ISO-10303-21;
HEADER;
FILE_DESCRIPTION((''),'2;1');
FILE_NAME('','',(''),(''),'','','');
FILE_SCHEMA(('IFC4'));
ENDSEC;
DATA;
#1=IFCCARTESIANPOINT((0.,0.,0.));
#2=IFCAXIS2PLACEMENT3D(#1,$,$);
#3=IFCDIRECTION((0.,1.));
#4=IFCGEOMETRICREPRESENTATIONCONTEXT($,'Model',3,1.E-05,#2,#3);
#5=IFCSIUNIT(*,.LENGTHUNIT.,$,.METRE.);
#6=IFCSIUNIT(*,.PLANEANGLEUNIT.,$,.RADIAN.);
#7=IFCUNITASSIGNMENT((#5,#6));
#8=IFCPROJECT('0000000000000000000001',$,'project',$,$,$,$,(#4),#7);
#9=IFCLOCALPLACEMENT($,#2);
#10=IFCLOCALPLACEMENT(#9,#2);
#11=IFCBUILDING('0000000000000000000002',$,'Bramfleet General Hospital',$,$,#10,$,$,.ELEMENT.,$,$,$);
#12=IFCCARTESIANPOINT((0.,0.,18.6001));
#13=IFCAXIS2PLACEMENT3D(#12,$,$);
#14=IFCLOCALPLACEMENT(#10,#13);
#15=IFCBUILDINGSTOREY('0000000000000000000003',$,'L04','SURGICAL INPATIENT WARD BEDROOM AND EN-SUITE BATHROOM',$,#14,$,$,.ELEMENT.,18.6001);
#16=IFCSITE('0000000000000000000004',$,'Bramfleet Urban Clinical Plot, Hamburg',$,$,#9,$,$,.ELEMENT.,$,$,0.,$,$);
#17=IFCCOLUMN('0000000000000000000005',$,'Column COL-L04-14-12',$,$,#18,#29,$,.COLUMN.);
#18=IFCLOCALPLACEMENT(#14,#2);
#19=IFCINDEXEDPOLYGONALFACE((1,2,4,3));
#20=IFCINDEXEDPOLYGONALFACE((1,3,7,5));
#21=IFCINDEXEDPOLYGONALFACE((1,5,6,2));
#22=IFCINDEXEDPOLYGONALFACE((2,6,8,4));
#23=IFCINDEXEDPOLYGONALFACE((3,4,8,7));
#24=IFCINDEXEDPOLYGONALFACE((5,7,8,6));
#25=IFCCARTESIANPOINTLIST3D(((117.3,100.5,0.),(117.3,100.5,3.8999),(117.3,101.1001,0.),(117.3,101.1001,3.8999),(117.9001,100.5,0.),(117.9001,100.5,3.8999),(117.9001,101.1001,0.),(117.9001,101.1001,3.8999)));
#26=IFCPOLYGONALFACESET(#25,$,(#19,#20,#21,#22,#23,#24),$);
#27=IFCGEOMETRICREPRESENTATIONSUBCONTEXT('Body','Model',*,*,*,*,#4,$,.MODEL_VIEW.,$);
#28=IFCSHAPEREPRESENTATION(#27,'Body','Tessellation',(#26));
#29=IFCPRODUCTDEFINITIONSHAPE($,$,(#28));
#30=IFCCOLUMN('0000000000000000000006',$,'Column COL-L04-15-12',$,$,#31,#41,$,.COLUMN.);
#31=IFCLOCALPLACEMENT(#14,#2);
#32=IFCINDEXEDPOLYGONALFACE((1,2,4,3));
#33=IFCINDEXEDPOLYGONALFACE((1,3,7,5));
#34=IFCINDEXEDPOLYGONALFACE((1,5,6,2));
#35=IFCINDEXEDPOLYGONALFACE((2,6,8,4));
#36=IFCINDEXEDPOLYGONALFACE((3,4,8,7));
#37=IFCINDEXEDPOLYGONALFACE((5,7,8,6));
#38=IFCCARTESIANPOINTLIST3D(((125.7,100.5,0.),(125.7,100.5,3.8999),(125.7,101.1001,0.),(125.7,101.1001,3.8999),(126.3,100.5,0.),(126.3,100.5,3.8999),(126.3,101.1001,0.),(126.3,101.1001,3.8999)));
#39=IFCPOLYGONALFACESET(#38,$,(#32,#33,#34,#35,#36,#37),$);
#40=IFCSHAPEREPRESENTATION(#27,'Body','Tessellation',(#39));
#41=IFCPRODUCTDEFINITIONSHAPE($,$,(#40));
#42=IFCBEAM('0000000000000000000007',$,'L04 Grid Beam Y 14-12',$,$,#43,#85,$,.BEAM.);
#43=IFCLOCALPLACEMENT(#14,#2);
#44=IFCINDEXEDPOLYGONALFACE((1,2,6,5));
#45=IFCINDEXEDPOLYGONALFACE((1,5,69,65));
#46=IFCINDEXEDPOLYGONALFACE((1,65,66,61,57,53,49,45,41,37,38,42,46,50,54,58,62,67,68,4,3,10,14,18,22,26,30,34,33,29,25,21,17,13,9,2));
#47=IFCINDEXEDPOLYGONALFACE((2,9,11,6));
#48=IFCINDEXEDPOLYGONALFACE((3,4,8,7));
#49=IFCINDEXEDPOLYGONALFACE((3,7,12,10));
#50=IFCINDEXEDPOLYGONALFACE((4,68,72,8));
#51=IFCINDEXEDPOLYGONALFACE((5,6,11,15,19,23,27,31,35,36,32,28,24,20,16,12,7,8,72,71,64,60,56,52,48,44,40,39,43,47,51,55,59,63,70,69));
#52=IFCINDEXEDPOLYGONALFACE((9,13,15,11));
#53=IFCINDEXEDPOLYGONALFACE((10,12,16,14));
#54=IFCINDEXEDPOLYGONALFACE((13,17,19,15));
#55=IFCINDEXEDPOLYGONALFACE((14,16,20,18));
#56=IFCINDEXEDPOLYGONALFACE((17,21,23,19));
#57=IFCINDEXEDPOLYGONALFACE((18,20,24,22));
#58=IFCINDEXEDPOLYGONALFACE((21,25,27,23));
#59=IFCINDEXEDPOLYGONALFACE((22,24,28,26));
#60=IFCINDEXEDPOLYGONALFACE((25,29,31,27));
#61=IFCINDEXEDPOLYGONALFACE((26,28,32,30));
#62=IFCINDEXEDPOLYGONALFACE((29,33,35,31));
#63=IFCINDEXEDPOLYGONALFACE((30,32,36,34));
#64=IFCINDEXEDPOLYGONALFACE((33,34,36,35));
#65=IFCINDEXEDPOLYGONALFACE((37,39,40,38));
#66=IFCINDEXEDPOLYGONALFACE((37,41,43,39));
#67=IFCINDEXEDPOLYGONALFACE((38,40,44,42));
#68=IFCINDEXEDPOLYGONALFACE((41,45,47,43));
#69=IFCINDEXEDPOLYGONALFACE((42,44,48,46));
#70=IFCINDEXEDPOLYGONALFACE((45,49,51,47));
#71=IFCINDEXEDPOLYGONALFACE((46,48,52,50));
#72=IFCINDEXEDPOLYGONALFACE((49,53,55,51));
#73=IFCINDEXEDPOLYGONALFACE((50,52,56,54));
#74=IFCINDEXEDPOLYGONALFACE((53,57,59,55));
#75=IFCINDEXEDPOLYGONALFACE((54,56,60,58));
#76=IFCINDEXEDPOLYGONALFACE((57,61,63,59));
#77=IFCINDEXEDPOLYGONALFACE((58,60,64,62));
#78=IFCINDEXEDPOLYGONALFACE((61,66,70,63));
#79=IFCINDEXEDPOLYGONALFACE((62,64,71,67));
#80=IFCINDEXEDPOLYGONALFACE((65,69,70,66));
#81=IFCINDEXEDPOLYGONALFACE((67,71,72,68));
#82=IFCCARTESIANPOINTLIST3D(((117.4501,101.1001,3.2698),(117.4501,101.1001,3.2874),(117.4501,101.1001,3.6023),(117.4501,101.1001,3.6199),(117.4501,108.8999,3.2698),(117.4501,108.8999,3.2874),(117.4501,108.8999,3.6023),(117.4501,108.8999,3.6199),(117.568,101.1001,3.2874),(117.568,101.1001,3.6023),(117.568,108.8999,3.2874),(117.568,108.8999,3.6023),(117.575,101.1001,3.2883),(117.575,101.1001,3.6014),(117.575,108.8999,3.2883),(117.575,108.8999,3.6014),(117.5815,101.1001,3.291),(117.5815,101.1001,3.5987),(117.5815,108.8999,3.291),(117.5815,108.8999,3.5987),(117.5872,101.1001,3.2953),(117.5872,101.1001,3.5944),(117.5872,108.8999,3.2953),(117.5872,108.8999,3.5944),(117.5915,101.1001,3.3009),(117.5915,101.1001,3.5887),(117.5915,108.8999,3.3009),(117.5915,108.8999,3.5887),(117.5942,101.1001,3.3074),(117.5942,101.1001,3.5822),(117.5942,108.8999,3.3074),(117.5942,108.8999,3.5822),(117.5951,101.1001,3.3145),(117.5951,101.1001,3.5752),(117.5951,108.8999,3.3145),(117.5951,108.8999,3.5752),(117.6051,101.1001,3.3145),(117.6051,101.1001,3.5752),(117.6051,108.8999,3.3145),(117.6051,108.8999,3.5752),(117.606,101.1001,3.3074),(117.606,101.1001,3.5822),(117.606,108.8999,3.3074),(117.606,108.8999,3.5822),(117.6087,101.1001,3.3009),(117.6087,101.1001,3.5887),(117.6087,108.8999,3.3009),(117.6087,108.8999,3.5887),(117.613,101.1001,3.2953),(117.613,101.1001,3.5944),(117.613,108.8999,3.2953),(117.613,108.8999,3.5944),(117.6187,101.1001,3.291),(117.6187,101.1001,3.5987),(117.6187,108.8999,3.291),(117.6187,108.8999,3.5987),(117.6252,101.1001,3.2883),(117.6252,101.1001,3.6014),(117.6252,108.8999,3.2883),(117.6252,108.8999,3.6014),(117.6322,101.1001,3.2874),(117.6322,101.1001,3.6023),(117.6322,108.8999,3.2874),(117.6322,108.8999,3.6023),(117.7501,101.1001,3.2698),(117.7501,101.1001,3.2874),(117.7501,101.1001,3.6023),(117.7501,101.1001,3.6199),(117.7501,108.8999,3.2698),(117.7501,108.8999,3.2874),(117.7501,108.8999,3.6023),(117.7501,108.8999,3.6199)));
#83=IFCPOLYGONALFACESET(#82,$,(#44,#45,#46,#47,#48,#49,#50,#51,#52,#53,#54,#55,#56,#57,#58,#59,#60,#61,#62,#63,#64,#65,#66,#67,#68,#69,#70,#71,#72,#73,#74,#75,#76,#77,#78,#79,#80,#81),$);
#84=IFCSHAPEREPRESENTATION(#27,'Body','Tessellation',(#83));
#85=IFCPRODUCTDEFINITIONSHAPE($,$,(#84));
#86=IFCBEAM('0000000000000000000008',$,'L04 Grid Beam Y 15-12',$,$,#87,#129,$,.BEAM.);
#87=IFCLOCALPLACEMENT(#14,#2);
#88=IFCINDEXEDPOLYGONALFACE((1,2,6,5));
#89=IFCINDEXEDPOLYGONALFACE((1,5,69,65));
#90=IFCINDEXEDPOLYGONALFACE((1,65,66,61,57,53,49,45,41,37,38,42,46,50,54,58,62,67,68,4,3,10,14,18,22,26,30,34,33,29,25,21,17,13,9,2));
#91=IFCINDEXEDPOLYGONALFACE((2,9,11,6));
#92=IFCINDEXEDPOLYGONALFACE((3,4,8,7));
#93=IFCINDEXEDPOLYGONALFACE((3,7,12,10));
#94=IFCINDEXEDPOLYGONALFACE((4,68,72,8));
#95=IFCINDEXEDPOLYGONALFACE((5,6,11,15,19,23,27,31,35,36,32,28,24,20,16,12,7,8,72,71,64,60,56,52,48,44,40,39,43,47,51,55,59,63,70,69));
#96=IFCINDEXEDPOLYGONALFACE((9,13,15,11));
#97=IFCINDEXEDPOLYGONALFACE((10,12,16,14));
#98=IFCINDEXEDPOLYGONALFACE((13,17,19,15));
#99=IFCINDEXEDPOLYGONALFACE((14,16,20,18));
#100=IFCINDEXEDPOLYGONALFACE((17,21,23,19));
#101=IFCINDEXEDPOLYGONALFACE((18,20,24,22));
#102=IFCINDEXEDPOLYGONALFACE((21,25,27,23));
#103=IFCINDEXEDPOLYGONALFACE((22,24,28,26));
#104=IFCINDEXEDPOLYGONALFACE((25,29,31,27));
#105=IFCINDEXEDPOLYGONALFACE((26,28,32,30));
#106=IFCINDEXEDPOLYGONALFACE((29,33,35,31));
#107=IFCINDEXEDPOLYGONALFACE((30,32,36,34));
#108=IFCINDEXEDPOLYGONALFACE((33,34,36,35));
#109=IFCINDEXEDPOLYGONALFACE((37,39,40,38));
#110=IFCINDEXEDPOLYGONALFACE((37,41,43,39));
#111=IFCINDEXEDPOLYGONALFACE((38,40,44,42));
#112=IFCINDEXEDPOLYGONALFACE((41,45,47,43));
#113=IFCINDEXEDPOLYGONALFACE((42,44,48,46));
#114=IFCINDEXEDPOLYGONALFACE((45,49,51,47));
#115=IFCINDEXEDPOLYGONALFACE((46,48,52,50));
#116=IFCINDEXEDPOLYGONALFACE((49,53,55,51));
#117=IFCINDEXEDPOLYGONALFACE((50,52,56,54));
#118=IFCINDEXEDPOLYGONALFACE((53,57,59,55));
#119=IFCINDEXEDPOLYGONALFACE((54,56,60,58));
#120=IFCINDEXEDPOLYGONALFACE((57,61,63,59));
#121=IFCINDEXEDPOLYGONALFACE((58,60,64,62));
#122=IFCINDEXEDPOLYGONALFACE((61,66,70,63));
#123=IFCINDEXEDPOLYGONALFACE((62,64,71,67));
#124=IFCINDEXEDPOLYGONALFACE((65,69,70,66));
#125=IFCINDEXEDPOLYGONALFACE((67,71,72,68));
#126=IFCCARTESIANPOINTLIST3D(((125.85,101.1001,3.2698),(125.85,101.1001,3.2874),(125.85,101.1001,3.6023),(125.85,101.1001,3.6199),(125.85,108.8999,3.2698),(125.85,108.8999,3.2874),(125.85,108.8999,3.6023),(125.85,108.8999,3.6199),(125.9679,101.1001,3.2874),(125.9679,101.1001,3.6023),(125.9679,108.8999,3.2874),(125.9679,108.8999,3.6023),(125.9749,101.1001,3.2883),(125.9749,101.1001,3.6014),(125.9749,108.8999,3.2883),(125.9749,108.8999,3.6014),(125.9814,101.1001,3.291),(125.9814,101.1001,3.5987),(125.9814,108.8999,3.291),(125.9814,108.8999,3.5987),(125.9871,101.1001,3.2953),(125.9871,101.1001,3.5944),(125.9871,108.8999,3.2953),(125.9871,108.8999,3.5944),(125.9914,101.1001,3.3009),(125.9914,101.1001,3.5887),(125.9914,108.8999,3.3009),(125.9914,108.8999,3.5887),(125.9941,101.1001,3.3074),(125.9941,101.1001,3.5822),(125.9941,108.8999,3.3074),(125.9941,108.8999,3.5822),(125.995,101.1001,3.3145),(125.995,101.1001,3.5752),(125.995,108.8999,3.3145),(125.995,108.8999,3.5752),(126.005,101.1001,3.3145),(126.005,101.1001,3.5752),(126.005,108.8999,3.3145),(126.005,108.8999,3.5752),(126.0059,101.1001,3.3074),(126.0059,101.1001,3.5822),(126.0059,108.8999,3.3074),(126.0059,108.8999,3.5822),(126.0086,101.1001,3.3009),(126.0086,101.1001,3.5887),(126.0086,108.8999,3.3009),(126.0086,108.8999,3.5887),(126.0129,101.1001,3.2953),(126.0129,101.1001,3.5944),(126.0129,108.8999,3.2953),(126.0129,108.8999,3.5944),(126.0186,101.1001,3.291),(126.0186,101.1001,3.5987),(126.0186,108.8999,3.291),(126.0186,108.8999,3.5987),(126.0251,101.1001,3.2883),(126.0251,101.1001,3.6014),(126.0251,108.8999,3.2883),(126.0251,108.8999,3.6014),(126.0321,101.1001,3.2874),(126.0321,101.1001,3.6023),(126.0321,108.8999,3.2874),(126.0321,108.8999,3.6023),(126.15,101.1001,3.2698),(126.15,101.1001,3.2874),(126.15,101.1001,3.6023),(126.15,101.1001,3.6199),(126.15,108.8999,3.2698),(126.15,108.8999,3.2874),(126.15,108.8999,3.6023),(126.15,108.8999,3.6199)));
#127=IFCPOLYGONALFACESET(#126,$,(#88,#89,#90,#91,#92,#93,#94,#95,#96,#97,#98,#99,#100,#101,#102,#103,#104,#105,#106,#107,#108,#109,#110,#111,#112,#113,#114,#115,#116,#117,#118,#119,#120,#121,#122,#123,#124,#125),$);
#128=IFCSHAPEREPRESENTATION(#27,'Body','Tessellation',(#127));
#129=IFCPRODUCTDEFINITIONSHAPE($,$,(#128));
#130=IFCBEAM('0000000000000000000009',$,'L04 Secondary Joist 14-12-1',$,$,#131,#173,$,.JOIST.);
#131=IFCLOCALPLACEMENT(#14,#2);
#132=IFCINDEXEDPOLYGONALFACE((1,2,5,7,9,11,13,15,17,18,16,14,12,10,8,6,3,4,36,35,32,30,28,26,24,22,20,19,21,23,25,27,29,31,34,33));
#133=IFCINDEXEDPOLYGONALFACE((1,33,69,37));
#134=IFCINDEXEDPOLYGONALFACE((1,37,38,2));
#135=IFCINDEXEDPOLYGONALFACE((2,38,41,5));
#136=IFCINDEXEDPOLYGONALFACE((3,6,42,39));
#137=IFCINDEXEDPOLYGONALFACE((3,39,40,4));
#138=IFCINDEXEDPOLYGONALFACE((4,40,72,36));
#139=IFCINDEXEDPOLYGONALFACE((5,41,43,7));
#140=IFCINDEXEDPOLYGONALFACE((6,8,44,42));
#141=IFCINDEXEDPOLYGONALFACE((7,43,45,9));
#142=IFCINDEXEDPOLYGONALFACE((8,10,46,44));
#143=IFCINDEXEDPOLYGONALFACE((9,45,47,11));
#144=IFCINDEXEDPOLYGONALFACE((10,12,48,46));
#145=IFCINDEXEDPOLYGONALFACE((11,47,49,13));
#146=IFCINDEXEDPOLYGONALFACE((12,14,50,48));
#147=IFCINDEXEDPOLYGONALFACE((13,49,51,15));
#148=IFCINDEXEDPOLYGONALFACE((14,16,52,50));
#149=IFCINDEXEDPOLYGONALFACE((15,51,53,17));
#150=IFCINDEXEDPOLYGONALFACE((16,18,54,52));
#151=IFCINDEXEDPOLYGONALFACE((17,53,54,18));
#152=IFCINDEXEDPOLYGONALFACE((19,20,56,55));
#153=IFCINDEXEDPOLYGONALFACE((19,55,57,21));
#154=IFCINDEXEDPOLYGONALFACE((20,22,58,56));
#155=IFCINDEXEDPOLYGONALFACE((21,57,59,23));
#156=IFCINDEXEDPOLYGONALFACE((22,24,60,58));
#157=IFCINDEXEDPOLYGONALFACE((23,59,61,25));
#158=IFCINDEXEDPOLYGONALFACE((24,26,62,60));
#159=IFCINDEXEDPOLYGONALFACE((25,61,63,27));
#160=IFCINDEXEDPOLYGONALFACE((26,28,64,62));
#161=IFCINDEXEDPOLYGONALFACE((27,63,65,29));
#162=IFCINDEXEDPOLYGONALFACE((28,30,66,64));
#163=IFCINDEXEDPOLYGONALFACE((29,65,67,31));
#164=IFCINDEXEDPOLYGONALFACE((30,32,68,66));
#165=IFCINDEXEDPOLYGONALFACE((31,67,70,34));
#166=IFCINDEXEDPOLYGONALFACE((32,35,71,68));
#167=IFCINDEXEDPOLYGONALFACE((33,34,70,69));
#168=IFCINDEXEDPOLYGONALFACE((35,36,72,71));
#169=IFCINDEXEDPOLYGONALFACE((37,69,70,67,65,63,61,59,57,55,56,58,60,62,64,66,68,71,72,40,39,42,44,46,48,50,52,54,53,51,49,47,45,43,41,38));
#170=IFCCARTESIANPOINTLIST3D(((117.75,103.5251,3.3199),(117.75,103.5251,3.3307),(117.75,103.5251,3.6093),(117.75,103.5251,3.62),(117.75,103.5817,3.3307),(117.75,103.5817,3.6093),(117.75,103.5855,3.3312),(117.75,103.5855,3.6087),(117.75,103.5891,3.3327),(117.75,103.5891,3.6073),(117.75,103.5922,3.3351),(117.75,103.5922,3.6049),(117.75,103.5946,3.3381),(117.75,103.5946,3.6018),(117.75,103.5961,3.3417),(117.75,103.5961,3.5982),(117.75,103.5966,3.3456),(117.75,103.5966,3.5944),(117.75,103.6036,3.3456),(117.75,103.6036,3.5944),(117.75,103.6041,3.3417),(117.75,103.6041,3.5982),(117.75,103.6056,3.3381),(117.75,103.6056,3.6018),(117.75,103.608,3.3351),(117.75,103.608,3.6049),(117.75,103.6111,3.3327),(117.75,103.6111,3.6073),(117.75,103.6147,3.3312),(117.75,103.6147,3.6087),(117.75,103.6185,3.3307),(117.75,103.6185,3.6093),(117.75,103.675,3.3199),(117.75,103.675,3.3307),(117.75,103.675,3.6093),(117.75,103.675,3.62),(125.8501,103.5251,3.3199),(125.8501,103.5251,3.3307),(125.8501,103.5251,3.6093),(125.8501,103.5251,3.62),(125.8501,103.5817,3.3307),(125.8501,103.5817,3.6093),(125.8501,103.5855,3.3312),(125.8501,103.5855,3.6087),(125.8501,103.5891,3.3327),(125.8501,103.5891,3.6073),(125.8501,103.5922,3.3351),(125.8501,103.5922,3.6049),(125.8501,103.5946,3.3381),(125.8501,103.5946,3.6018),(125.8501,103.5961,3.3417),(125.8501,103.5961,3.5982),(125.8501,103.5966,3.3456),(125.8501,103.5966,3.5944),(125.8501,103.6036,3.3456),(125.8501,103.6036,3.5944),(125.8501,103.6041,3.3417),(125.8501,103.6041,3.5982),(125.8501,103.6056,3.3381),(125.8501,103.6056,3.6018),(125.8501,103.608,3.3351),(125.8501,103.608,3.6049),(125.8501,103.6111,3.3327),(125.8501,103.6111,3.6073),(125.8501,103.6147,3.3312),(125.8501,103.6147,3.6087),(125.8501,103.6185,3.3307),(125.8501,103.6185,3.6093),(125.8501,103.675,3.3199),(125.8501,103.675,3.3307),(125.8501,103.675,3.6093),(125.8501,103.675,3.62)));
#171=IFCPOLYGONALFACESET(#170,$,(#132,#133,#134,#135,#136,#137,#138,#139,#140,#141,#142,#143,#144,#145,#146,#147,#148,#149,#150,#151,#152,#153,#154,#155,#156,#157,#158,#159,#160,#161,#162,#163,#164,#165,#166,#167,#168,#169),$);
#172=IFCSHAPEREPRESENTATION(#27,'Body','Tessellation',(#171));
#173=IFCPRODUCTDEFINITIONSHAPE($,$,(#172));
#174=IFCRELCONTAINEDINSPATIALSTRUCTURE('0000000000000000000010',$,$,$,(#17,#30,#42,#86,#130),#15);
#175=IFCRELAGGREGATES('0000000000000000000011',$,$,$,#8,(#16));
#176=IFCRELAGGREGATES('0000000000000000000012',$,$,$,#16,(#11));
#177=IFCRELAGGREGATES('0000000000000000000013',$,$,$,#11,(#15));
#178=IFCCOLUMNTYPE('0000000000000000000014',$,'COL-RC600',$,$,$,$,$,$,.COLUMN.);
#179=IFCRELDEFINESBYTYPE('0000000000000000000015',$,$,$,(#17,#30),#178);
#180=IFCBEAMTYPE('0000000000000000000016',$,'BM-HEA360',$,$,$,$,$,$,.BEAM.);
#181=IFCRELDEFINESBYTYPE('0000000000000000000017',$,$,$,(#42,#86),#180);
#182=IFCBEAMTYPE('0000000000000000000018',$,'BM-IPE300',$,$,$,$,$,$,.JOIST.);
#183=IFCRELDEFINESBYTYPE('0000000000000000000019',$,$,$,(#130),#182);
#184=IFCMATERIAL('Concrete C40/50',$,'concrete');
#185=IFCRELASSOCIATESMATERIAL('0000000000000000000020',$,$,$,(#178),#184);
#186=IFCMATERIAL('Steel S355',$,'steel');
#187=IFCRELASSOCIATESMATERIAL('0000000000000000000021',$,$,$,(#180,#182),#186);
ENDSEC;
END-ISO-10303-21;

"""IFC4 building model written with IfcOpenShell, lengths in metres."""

from ifc_helpers import new_model, si_unit, direction, frame, origin, origin_2d, place, context, subcontext, project, spatial, rectangle, i_section, extrude, material, material_profile, profile_set, type_object, element, save


model = new_model("IFC4")

# Units and contexts
model_context = context("Model", 3, precision=1e-05, world=origin(), true_north=direction((0.0, 1.0)))
body_context = subcontext(model_context, "Body", "Model", "MODEL_VIEW")
ifc_project = project(units=[si_unit("LENGTHUNIT", "METRE"), si_unit("PLANEANGLEUNIT", "RADIAN")], contexts=[model_context])

# Site, building, storey
site_placement = place(None, origin())
site = spatial("IfcSite", under=ifc_project, at=site_placement, Name="Bramfleet Urban Clinical Plot, Hamburg", CompositionType="ELEMENT", RefElevation=0.0)
building_placement = place(site_placement, origin())
building = spatial("IfcBuilding", under=site, at=building_placement, Name="Bramfleet General Hospital", CompositionType="ELEMENT")
storey_placement = place(building_placement, frame((0.0, 0.0, 18.6001)))
storey = spatial("IfcBuildingStorey", under=building, at=storey_placement, Name="L04", Description="SURGICAL INPATIENT WARD BEDROOM AND EN-SUITE BATHROOM", CompositionType="ELEMENT", Elevation=18.6001)

# Columns
ifc_material_1 = material(Name="Concrete C40/50", Category="concrete")
ifc_material_profile_1 = material_profile(ifc_material_1, rectangle(XDim=0.6001, YDim=0.6001, at=origin_2d()), Name="RC COL 600x600")
ifc_profile_set_1 = profile_set([ifc_material_profile_1], Name="Concrete C40/50")
column_type = type_object("IfcColumnType", Name="COL-RC600", PredefinedType="COLUMN", material=ifc_profile_set_1)
for number, where, z_axis, x_axis, name in (
    (1, (117.6001, 100.8, 0.0), (0.0, 0.0, 1.0), (1.0, 0.0, 0.0), "Column COL-L04-14-12"),
    (2, (126.0, 100.8, 0.0), (0.0, 0.0, 1.0), (1.0, 0.0, 0.0), "Column COL-L04-15-12"),
):
    element("IfcColumn", number, at=place(storey_placement, frame(where, z_axis=z_axis, x_axis=x_axis)), inside=storey, type_object=column_type, Name=name, PredefinedType="COLUMN", context=body_context, shape_type="SweptSolid", body=[
        extrude(rectangle(XDim=0.6001, YDim=0.6001, at=origin_2d()), origin(), (0.0, 0.0, 1.0), 3.8999),
    ])

# Beams
ifc_material_2 = material(Name="Steel S355", Category="steel")
ifc_material_profile_2 = material_profile(ifc_material_2, i_section(OverallWidth=0.3, OverallDepth=0.3501, WebThickness=0.01, FlangeThickness=0.0176, FilletRadius=0.0271, at=origin_2d()), Name="HEA 360")
ifc_profile_set_2 = profile_set([ifc_material_profile_2], Name="Steel S355")
beam_type_1 = type_object("IfcBeamType", Name="BM-HEA360", PredefinedType="BEAM", material=ifc_profile_set_2)
for number, where, z_axis, x_axis, name in (
    (3, (117.6001, 101.1001, 3.4448), (0.0, 1.0, 0.0), (-1.0, 0.0, 0.0), "L04 Grid Beam Y 14-12"),
    (4, (126.0, 101.1001, 3.4448), (0.0, 1.0, 0.0), (-1.0, 0.0, 0.0), "L04 Grid Beam Y 15-12"),
):
    element("IfcBeam", number, at=place(storey_placement, frame(where, z_axis=z_axis, x_axis=x_axis)), inside=storey, type_object=beam_type_1, Name=name, PredefinedType="BEAM", context=body_context, shape_type="SweptSolid", body=[
        extrude(i_section(OverallWidth=0.3, OverallDepth=0.3501, WebThickness=0.01, FlangeThickness=0.0176, FilletRadius=0.0271, at=origin_2d()), origin(), (0.0, 0.0, 1.0), 7.7998),
    ])
ifc_material_profile_3 = material_profile(ifc_material_2, i_section(OverallWidth=0.1499, OverallDepth=0.3, WebThickness=0.0071, FlangeThickness=0.0107, FilletRadius=0.0149, at=origin_2d()), Name="IPE 300")
ifc_profile_set_3 = profile_set([ifc_material_profile_3], Name="Steel S355")
beam_type_2 = type_object("IfcBeamType", Name="BM-IPE300", PredefinedType="JOIST", material=ifc_profile_set_3)
for number, where, z_axis, x_axis, name in (
    (5, (117.75, 103.6001, 3.47), (1.0, 0.0, 0.0), (0.0, 1.0, 0.0), "L04 Secondary Joist 14-12-1"),
):
    element("IfcBeam", number, at=place(storey_placement, frame(where, z_axis=z_axis, x_axis=x_axis)), inside=storey, type_object=beam_type_2, Name=name, PredefinedType="JOIST", context=body_context, shape_type="SweptSolid", body=[
        extrude(i_section(OverallWidth=0.1499, OverallDepth=0.3, WebThickness=0.0071, FlangeThickness=0.0107, FilletRadius=0.0149, at=origin_2d()), origin(), (0.0, 0.0, 1.0), 8.1001),
    ])

save(model, "model.ifc")
